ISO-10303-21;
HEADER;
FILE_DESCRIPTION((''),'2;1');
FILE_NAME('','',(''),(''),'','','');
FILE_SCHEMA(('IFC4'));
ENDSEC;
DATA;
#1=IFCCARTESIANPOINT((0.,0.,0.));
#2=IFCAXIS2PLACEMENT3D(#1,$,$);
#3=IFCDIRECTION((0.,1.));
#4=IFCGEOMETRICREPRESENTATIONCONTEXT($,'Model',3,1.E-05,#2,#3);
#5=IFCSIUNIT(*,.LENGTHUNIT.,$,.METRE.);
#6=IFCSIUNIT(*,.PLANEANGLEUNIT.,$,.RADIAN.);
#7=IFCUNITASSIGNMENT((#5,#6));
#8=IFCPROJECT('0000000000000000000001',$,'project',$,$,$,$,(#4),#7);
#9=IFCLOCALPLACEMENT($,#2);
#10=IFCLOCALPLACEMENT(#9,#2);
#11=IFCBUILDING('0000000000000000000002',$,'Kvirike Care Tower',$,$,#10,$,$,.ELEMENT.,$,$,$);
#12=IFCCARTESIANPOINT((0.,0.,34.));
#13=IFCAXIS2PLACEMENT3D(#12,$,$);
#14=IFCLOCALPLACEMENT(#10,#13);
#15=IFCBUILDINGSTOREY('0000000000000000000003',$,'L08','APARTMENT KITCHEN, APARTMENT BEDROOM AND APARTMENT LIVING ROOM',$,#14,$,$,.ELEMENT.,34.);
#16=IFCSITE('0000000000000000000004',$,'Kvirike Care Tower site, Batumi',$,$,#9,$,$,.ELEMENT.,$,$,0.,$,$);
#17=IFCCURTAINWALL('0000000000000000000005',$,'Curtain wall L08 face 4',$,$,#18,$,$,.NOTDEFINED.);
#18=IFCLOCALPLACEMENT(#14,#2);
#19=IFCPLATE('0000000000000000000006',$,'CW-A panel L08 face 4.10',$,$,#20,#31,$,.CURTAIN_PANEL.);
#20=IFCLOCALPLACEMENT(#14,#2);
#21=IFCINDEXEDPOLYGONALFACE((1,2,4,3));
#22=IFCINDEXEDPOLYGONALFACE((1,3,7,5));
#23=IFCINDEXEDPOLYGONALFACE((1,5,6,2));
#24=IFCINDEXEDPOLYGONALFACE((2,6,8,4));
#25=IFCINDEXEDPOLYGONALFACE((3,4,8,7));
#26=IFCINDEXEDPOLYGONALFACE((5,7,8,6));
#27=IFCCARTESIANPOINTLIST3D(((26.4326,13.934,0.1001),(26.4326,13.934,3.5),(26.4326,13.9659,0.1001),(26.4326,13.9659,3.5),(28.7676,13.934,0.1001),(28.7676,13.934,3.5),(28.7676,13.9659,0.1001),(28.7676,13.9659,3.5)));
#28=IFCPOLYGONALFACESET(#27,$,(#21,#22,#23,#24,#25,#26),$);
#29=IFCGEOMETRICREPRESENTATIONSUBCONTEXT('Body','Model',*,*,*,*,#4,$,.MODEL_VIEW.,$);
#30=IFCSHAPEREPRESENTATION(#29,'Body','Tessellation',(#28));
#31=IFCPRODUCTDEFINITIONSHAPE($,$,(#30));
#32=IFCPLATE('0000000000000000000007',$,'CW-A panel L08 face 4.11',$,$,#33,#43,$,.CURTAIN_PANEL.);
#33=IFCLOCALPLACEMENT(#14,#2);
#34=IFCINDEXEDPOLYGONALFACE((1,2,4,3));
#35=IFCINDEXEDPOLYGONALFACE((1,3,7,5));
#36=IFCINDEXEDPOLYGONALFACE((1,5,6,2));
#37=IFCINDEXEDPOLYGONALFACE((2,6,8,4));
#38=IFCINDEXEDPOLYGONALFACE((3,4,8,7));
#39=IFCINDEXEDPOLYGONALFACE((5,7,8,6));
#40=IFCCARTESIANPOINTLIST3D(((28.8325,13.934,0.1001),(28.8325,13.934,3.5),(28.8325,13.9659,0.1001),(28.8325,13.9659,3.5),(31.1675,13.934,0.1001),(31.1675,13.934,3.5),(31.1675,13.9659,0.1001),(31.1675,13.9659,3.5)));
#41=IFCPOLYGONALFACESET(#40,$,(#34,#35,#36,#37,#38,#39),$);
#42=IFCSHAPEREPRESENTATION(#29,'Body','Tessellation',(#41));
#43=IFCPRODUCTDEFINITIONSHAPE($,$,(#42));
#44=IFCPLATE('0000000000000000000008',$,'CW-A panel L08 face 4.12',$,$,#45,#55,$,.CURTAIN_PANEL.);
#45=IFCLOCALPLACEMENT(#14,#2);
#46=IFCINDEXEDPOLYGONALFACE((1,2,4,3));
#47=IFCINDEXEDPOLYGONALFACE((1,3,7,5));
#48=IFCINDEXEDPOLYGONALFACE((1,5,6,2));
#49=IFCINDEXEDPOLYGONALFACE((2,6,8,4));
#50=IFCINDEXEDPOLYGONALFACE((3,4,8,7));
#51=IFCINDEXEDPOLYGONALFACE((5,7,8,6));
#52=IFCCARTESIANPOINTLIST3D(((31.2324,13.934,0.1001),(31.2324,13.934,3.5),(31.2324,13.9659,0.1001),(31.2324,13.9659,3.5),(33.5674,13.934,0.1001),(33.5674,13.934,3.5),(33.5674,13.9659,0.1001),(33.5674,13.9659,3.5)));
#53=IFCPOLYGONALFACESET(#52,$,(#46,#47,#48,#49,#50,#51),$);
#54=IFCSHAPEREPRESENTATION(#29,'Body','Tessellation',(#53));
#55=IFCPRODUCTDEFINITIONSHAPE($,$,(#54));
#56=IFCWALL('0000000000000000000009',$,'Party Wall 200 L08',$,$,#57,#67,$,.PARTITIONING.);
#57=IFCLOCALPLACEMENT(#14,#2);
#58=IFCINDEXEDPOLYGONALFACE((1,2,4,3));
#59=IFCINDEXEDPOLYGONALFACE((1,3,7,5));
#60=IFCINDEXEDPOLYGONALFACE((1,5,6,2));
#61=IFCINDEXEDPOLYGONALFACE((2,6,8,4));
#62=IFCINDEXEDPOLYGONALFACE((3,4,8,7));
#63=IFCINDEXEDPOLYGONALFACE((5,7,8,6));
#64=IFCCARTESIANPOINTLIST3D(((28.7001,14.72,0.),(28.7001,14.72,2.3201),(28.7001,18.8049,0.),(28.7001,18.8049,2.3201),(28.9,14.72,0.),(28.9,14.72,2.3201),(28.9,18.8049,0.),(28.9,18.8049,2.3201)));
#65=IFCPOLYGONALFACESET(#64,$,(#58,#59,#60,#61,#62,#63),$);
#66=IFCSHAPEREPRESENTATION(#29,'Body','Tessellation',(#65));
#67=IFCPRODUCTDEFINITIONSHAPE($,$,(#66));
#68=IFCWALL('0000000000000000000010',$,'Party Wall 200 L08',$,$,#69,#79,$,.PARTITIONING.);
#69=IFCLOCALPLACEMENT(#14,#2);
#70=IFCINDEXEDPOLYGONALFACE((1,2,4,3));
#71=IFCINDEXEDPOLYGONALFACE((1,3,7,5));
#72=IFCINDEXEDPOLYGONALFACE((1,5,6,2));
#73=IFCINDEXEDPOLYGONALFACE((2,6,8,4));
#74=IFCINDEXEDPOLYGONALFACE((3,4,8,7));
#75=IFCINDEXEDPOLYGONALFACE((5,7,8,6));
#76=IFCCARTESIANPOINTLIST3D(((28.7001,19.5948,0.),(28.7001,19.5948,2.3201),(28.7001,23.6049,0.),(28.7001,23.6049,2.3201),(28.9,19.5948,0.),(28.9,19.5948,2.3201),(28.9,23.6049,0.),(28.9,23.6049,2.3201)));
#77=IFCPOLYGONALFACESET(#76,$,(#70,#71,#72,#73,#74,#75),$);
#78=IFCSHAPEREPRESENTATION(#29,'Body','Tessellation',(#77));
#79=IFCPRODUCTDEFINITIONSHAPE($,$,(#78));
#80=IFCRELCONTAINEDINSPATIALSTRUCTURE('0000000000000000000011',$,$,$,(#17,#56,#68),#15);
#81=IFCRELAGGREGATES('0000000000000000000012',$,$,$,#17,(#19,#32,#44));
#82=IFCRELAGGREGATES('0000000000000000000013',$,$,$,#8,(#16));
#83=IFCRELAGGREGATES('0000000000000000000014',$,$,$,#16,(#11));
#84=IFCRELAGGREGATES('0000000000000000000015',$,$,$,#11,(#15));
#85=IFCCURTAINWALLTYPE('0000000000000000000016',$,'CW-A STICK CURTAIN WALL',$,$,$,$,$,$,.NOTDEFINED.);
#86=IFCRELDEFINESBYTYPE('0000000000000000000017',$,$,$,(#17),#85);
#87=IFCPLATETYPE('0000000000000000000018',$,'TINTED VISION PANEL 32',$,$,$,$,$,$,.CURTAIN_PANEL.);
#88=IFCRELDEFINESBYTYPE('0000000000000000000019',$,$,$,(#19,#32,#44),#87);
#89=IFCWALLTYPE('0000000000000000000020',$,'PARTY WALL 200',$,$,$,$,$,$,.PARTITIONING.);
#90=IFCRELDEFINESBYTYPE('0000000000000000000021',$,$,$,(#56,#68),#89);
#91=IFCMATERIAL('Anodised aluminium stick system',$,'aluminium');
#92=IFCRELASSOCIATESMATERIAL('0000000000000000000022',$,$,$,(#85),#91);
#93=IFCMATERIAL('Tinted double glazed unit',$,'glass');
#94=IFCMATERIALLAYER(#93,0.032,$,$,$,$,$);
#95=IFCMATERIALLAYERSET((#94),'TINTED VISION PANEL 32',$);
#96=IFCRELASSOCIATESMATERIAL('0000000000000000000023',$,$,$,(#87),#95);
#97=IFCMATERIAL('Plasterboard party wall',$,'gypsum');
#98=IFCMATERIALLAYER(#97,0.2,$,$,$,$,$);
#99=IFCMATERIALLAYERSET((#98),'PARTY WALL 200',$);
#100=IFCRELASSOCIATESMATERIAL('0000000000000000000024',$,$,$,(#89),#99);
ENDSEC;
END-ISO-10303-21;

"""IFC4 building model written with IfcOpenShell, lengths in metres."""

from ifc_helpers import new_model, si_unit, direction, frame, frame_2d, origin, origin_2d, place, context, subcontext, project, spatial, rectangle, extrude, material, layer, layer_set, type_object, element, aggregate, save


model = new_model("IFC4")

# Units and contexts
model_context = context("Model", 3, precision=1e-05, world=origin(), true_north=direction((0.0, 1.0)))
body_context = subcontext(model_context, "Body", "Model", "MODEL_VIEW")
ifc_project = project(units=[si_unit("LENGTHUNIT", "METRE"), si_unit("PLANEANGLEUNIT", "RADIAN")], contexts=[model_context])

# Site, building, storey
site_placement = place(None, origin())
site = spatial("IfcSite", under=ifc_project, at=site_placement, Name="Kvirike Care Tower site, Batumi", CompositionType="ELEMENT", RefElevation=0.0)
building_placement = place(site_placement, origin())
building = spatial("IfcBuilding", under=site, at=building_placement, Name="Kvirike Care Tower", CompositionType="ELEMENT")
storey_placement = place(building_placement, frame((0.0, 0.0, 34.0)))
storey = spatial("IfcBuildingStorey", under=building, at=storey_placement, Name="L08", Description="APARTMENT KITCHEN, APARTMENT BEDROOM AND APARTMENT LIVING ROOM", CompositionType="ELEMENT", Elevation=34.0)

# Curtain wall
ifc_material_1 = material(Name="Anodised aluminium stick system", Category="aluminium")
curtain_wall_type = type_object("IfcCurtainWallType", Name="CW-A STICK CURTAIN WALL", PredefinedType="NOTDEFINED", material=ifc_material_1)
curtain_wall_placement = place(storey_placement, origin())
curtain_wall = element("IfcCurtainWall", 1, at=curtain_wall_placement, inside=storey, type_object=curtain_wall_type, Name="Curtain wall L08 face 4", PredefinedType="NOTDEFINED")

# Plates
ifc_material_2 = material(Name="Tinted double glazed unit", Category="glass")
ifc_layer_1 = layer(ifc_material_2, 0.032)
ifc_layer_set_1 = layer_set([ifc_layer_1], Name="TINTED VISION PANEL 32")
plate_type = type_object("IfcPlateType", Name="TINTED VISION PANEL 32", PredefinedType="CURTAIN_PANEL", material=ifc_layer_set_1)
plate_1_placement = place(storey_placement, frame((27.6001, 13.95, 0.1001), z_axis=(0.0, 0.0, 1.0), x_axis=(1.0, 0.0, 0.0)))
plate_1 = element("IfcPlate", 2, at=plate_1_placement, type_object=plate_type, Name="CW-A panel L08 face 4.10", PredefinedType="CURTAIN_PANEL", context=body_context, shape_type="SweptSolid", body=[
    extrude(rectangle(XDim=2.335, YDim=0.032, at=origin_2d()), origin(), (0.0, 0.0, 1.0), 3.3999),
])
plate_2_placement = place(storey_placement, frame((30.0, 13.95, 0.1001), z_axis=(0.0, 0.0, 1.0), x_axis=(1.0, 0.0, 0.0)))
plate_2 = element("IfcPlate", 3, at=plate_2_placement, type_object=plate_type, Name="CW-A panel L08 face 4.11", PredefinedType="CURTAIN_PANEL", context=body_context, shape_type="SweptSolid", body=[
    extrude(rectangle(XDim=2.335, YDim=0.032, at=origin_2d()), origin(), (0.0, 0.0, 1.0), 3.3999),
])
plate_3_placement = place(storey_placement, frame((32.3999, 13.95, 0.1001), z_axis=(0.0, 0.0, 1.0), x_axis=(1.0, 0.0, 0.0)))
plate_3 = element("IfcPlate", 4, at=plate_3_placement, type_object=plate_type, Name="CW-A panel L08 face 4.12", PredefinedType="CURTAIN_PANEL", context=body_context, shape_type="SweptSolid", body=[
    extrude(rectangle(XDim=2.335, YDim=0.032, at=origin_2d()), origin(), (0.0, 0.0, 1.0), 3.3999),
])
aggregate(curtain_wall, [plate_1, plate_2, plate_3])

# Walls
ifc_material_3 = material(Name="Plasterboard party wall", Category="gypsum")
ifc_layer_2 = layer(ifc_material_3, 0.2)
ifc_layer_set_2 = layer_set([ifc_layer_2], Name="PARTY WALL 200")
wall_type_1 = type_object("IfcWallType", Name="PARTY WALL 200", PredefinedType="PARTITIONING", material=ifc_layer_set_2)
wall_1_placement = place(storey_placement, frame((28.8, 14.72, 0.0), z_axis=(0.0, 0.0, 1.0), x_axis=(0.0, 1.0, 0.0)))
element("IfcWall", 5, at=wall_1_placement, inside=storey, type_object=wall_type_1, Name="Party Wall 200 L08", PredefinedType="PARTITIONING", context=body_context, shape_type="SweptSolid", body=[
    extrude(rectangle(XDim=4.085, YDim=0.2, at=frame_2d((2.0425, 0.0))), origin(), (0.0, 0.0, 1.0), 2.3201),
])
wall_2_placement = place(storey_placement, frame((28.8, 19.595, 0.0), z_axis=(0.0, 0.0, 1.0), x_axis=(0.0, 1.0, 0.0)))
element("IfcWall", 6, at=wall_2_placement, inside=storey, type_object=wall_type_1, Name="Party Wall 200 L08", PredefinedType="PARTITIONING", context=body_context, shape_type="SweptSolid", body=[
    extrude(rectangle(XDim=4.01, YDim=0.2, at=frame_2d((2.0049, 0.0))), origin(), (0.0, 0.0, 1.0), 2.3201),
])

save(model, "model.ifc")
